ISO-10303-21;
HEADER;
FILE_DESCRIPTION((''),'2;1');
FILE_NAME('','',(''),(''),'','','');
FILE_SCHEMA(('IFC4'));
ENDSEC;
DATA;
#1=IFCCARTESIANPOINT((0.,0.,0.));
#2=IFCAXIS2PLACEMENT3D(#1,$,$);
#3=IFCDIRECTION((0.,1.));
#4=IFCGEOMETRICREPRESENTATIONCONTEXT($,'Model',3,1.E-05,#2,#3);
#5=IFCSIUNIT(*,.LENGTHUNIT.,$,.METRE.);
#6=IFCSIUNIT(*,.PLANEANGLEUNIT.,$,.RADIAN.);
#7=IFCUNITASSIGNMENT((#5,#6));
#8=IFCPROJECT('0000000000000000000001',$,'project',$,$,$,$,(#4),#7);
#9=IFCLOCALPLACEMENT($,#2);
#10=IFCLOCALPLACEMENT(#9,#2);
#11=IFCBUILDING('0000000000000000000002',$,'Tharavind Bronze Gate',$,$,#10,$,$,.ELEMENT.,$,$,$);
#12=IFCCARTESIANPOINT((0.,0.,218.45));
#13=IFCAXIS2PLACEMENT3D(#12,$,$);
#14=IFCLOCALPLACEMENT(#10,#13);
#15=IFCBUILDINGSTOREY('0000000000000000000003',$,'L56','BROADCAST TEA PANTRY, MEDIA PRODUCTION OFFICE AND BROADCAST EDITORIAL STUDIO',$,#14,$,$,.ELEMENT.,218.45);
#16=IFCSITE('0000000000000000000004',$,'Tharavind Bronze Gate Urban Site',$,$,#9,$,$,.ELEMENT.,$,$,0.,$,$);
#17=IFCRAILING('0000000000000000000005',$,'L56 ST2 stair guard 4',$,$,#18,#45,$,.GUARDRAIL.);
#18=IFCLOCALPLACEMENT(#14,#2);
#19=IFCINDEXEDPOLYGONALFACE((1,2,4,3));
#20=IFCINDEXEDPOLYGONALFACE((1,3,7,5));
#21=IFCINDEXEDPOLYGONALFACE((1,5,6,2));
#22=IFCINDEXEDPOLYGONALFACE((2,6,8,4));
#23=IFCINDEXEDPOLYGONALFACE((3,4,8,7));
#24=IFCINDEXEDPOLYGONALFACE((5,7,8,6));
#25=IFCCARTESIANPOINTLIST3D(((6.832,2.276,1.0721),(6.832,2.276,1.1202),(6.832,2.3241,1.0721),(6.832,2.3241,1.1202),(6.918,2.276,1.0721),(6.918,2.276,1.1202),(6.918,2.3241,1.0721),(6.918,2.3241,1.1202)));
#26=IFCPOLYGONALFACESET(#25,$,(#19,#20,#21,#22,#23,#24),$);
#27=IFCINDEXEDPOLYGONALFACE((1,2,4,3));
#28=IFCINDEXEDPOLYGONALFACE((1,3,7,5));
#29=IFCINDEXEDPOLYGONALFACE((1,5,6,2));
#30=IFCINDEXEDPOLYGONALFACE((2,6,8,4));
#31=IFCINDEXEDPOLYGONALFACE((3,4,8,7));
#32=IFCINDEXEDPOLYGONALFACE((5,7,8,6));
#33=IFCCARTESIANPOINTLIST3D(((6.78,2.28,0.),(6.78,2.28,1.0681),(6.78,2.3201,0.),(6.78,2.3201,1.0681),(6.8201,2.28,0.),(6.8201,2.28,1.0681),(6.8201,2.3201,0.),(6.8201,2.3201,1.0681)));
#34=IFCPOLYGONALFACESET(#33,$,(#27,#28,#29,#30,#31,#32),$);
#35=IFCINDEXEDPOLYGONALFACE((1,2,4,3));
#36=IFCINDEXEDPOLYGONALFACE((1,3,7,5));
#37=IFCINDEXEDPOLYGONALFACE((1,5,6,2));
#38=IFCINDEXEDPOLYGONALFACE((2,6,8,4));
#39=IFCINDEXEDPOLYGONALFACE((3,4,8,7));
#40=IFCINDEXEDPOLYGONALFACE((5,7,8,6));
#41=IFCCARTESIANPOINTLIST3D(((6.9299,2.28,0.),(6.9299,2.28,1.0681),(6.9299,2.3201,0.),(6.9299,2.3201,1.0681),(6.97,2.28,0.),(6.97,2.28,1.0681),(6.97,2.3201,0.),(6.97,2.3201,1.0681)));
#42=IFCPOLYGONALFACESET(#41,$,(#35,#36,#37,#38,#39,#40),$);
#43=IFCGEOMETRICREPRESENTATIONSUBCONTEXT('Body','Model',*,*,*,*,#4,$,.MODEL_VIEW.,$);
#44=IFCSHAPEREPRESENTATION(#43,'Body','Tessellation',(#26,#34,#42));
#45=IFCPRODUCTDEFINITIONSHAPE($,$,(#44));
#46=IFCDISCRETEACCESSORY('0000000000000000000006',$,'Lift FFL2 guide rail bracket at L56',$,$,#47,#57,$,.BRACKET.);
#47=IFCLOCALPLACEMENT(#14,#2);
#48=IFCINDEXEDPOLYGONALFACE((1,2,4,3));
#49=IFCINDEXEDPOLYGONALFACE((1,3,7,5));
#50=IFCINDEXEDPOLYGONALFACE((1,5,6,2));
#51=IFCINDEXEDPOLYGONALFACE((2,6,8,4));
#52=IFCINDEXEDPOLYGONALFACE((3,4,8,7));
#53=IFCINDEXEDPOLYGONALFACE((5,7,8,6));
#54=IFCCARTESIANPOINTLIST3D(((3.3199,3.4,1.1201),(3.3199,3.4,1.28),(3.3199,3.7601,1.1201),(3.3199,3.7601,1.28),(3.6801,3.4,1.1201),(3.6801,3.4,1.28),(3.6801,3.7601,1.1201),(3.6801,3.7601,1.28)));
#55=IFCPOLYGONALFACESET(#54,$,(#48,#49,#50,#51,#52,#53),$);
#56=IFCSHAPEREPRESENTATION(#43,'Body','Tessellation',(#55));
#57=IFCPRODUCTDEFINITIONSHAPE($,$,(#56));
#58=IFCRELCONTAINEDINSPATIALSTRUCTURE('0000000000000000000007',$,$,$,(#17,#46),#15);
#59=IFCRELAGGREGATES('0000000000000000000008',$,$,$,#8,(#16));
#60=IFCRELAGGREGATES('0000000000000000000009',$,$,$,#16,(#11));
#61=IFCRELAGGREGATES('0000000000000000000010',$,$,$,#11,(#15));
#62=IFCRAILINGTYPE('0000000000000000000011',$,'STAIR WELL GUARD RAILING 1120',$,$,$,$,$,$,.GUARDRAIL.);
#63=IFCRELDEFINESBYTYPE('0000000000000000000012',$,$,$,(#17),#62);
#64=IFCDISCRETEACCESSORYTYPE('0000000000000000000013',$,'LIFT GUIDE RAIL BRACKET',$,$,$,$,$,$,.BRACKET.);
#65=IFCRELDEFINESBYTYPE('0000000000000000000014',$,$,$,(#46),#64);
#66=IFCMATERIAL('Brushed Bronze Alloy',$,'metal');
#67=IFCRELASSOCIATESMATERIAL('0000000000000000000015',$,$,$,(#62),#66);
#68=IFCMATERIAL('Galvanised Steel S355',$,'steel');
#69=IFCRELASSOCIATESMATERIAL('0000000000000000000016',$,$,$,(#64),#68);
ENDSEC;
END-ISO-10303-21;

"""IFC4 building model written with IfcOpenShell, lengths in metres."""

from ifc_helpers import new_model, si_unit, direction, frame, origin, origin_2d, place, context, subcontext, project, spatial, rectangle, extrude, material, type_object, element, save


model = new_model("IFC4")

# Units and contexts
model_context = context("Model", 3, precision=1e-05, world=origin(), true_north=direction((0.0, 1.0)))
body_context = subcontext(model_context, "Body", "Model", "MODEL_VIEW")
ifc_project = project(units=[si_unit("LENGTHUNIT", "METRE"), si_unit("PLANEANGLEUNIT", "RADIAN")], contexts=[model_context])

# Site, building, storey
site_placement = place(None, origin())
site = spatial("IfcSite", under=ifc_project, at=site_placement, Name="Tharavind Bronze Gate Urban Site", CompositionType="ELEMENT", RefElevation=0.0)
building_placement = place(site_placement, origin())
building = spatial("IfcBuilding", under=site, at=building_placement, Name="Tharavind Bronze Gate", CompositionType="ELEMENT")
storey_placement = place(building_placement, frame((0.0, 0.0, 218.45)))
storey = spatial("IfcBuildingStorey", under=building, at=storey_placement, Name="L56", Description="BROADCAST TEA PANTRY, MEDIA PRODUCTION OFFICE AND BROADCAST EDITORIAL STUDIO", CompositionType="ELEMENT", Elevation=218.45)

# Railing
ifc_material_1 = material(Name="Brushed Bronze Alloy", Category="metal")
railing_type_1 = type_object("IfcRailingType", Name="STAIR WELL GUARD RAILING 1120", PredefinedType="GUARDRAIL", material=ifc_material_1)
railing_1_placement = place(storey_placement, frame((6.8, 2.3, 0.0)))
element("IfcRailing", 1, at=railing_1_placement, inside=storey, type_object=railing_type_1, Name="L56 ST2 stair guard 4", PredefinedType="GUARDRAIL", context=body_context, shape_type="SweptSolid", body=[
    extrude(rectangle(XDim=0.0481, YDim=0.0481, at=origin_2d()), frame((0.032, 0.0, 1.0962), z_axis=(1.0, 0.0, 0.0), x_axis=(0.0, 1.0, 0.0)), (0.0, 0.0, 1.0), 0.0859),
    extrude(rectangle(XDim=0.04, YDim=0.04, at=origin_2d()), origin(), (0.0, 0.0, 1.0), 1.0681),
    extrude(rectangle(XDim=0.04, YDim=0.04, at=origin_2d()), frame((0.1499, 0.0, 0.0)), (0.0, 0.0, 1.0), 1.0681),
])

# Discrete accessory
ifc_material_2 = material(Name="Galvanised Steel S355", Category="steel")
discrete_accessory_type = type_object("IfcDiscreteAccessoryType", Name="LIFT GUIDE RAIL BRACKET", PredefinedType="BRACKET", material=ifc_material_2)
discrete_accessory_placement = place(storey_placement, frame((3.5, 3.5801, 1.1201), z_axis=(0.0, 0.0, 1.0), x_axis=(1.0, 0.0, 0.0)))
element("IfcDiscreteAccessory", 2, at=discrete_accessory_placement, inside=storey, type_object=discrete_accessory_type, Name="Lift FFL2 guide rail bracket at L56", PredefinedType="BRACKET", context=body_context, shape_type="SweptSolid", body=[
    extrude(rectangle(XDim=0.3601, YDim=0.3601, at=origin_2d()), origin(), (0.0, 0.0, 1.0), 0.1599),
])

save(model, "model.ifc")
